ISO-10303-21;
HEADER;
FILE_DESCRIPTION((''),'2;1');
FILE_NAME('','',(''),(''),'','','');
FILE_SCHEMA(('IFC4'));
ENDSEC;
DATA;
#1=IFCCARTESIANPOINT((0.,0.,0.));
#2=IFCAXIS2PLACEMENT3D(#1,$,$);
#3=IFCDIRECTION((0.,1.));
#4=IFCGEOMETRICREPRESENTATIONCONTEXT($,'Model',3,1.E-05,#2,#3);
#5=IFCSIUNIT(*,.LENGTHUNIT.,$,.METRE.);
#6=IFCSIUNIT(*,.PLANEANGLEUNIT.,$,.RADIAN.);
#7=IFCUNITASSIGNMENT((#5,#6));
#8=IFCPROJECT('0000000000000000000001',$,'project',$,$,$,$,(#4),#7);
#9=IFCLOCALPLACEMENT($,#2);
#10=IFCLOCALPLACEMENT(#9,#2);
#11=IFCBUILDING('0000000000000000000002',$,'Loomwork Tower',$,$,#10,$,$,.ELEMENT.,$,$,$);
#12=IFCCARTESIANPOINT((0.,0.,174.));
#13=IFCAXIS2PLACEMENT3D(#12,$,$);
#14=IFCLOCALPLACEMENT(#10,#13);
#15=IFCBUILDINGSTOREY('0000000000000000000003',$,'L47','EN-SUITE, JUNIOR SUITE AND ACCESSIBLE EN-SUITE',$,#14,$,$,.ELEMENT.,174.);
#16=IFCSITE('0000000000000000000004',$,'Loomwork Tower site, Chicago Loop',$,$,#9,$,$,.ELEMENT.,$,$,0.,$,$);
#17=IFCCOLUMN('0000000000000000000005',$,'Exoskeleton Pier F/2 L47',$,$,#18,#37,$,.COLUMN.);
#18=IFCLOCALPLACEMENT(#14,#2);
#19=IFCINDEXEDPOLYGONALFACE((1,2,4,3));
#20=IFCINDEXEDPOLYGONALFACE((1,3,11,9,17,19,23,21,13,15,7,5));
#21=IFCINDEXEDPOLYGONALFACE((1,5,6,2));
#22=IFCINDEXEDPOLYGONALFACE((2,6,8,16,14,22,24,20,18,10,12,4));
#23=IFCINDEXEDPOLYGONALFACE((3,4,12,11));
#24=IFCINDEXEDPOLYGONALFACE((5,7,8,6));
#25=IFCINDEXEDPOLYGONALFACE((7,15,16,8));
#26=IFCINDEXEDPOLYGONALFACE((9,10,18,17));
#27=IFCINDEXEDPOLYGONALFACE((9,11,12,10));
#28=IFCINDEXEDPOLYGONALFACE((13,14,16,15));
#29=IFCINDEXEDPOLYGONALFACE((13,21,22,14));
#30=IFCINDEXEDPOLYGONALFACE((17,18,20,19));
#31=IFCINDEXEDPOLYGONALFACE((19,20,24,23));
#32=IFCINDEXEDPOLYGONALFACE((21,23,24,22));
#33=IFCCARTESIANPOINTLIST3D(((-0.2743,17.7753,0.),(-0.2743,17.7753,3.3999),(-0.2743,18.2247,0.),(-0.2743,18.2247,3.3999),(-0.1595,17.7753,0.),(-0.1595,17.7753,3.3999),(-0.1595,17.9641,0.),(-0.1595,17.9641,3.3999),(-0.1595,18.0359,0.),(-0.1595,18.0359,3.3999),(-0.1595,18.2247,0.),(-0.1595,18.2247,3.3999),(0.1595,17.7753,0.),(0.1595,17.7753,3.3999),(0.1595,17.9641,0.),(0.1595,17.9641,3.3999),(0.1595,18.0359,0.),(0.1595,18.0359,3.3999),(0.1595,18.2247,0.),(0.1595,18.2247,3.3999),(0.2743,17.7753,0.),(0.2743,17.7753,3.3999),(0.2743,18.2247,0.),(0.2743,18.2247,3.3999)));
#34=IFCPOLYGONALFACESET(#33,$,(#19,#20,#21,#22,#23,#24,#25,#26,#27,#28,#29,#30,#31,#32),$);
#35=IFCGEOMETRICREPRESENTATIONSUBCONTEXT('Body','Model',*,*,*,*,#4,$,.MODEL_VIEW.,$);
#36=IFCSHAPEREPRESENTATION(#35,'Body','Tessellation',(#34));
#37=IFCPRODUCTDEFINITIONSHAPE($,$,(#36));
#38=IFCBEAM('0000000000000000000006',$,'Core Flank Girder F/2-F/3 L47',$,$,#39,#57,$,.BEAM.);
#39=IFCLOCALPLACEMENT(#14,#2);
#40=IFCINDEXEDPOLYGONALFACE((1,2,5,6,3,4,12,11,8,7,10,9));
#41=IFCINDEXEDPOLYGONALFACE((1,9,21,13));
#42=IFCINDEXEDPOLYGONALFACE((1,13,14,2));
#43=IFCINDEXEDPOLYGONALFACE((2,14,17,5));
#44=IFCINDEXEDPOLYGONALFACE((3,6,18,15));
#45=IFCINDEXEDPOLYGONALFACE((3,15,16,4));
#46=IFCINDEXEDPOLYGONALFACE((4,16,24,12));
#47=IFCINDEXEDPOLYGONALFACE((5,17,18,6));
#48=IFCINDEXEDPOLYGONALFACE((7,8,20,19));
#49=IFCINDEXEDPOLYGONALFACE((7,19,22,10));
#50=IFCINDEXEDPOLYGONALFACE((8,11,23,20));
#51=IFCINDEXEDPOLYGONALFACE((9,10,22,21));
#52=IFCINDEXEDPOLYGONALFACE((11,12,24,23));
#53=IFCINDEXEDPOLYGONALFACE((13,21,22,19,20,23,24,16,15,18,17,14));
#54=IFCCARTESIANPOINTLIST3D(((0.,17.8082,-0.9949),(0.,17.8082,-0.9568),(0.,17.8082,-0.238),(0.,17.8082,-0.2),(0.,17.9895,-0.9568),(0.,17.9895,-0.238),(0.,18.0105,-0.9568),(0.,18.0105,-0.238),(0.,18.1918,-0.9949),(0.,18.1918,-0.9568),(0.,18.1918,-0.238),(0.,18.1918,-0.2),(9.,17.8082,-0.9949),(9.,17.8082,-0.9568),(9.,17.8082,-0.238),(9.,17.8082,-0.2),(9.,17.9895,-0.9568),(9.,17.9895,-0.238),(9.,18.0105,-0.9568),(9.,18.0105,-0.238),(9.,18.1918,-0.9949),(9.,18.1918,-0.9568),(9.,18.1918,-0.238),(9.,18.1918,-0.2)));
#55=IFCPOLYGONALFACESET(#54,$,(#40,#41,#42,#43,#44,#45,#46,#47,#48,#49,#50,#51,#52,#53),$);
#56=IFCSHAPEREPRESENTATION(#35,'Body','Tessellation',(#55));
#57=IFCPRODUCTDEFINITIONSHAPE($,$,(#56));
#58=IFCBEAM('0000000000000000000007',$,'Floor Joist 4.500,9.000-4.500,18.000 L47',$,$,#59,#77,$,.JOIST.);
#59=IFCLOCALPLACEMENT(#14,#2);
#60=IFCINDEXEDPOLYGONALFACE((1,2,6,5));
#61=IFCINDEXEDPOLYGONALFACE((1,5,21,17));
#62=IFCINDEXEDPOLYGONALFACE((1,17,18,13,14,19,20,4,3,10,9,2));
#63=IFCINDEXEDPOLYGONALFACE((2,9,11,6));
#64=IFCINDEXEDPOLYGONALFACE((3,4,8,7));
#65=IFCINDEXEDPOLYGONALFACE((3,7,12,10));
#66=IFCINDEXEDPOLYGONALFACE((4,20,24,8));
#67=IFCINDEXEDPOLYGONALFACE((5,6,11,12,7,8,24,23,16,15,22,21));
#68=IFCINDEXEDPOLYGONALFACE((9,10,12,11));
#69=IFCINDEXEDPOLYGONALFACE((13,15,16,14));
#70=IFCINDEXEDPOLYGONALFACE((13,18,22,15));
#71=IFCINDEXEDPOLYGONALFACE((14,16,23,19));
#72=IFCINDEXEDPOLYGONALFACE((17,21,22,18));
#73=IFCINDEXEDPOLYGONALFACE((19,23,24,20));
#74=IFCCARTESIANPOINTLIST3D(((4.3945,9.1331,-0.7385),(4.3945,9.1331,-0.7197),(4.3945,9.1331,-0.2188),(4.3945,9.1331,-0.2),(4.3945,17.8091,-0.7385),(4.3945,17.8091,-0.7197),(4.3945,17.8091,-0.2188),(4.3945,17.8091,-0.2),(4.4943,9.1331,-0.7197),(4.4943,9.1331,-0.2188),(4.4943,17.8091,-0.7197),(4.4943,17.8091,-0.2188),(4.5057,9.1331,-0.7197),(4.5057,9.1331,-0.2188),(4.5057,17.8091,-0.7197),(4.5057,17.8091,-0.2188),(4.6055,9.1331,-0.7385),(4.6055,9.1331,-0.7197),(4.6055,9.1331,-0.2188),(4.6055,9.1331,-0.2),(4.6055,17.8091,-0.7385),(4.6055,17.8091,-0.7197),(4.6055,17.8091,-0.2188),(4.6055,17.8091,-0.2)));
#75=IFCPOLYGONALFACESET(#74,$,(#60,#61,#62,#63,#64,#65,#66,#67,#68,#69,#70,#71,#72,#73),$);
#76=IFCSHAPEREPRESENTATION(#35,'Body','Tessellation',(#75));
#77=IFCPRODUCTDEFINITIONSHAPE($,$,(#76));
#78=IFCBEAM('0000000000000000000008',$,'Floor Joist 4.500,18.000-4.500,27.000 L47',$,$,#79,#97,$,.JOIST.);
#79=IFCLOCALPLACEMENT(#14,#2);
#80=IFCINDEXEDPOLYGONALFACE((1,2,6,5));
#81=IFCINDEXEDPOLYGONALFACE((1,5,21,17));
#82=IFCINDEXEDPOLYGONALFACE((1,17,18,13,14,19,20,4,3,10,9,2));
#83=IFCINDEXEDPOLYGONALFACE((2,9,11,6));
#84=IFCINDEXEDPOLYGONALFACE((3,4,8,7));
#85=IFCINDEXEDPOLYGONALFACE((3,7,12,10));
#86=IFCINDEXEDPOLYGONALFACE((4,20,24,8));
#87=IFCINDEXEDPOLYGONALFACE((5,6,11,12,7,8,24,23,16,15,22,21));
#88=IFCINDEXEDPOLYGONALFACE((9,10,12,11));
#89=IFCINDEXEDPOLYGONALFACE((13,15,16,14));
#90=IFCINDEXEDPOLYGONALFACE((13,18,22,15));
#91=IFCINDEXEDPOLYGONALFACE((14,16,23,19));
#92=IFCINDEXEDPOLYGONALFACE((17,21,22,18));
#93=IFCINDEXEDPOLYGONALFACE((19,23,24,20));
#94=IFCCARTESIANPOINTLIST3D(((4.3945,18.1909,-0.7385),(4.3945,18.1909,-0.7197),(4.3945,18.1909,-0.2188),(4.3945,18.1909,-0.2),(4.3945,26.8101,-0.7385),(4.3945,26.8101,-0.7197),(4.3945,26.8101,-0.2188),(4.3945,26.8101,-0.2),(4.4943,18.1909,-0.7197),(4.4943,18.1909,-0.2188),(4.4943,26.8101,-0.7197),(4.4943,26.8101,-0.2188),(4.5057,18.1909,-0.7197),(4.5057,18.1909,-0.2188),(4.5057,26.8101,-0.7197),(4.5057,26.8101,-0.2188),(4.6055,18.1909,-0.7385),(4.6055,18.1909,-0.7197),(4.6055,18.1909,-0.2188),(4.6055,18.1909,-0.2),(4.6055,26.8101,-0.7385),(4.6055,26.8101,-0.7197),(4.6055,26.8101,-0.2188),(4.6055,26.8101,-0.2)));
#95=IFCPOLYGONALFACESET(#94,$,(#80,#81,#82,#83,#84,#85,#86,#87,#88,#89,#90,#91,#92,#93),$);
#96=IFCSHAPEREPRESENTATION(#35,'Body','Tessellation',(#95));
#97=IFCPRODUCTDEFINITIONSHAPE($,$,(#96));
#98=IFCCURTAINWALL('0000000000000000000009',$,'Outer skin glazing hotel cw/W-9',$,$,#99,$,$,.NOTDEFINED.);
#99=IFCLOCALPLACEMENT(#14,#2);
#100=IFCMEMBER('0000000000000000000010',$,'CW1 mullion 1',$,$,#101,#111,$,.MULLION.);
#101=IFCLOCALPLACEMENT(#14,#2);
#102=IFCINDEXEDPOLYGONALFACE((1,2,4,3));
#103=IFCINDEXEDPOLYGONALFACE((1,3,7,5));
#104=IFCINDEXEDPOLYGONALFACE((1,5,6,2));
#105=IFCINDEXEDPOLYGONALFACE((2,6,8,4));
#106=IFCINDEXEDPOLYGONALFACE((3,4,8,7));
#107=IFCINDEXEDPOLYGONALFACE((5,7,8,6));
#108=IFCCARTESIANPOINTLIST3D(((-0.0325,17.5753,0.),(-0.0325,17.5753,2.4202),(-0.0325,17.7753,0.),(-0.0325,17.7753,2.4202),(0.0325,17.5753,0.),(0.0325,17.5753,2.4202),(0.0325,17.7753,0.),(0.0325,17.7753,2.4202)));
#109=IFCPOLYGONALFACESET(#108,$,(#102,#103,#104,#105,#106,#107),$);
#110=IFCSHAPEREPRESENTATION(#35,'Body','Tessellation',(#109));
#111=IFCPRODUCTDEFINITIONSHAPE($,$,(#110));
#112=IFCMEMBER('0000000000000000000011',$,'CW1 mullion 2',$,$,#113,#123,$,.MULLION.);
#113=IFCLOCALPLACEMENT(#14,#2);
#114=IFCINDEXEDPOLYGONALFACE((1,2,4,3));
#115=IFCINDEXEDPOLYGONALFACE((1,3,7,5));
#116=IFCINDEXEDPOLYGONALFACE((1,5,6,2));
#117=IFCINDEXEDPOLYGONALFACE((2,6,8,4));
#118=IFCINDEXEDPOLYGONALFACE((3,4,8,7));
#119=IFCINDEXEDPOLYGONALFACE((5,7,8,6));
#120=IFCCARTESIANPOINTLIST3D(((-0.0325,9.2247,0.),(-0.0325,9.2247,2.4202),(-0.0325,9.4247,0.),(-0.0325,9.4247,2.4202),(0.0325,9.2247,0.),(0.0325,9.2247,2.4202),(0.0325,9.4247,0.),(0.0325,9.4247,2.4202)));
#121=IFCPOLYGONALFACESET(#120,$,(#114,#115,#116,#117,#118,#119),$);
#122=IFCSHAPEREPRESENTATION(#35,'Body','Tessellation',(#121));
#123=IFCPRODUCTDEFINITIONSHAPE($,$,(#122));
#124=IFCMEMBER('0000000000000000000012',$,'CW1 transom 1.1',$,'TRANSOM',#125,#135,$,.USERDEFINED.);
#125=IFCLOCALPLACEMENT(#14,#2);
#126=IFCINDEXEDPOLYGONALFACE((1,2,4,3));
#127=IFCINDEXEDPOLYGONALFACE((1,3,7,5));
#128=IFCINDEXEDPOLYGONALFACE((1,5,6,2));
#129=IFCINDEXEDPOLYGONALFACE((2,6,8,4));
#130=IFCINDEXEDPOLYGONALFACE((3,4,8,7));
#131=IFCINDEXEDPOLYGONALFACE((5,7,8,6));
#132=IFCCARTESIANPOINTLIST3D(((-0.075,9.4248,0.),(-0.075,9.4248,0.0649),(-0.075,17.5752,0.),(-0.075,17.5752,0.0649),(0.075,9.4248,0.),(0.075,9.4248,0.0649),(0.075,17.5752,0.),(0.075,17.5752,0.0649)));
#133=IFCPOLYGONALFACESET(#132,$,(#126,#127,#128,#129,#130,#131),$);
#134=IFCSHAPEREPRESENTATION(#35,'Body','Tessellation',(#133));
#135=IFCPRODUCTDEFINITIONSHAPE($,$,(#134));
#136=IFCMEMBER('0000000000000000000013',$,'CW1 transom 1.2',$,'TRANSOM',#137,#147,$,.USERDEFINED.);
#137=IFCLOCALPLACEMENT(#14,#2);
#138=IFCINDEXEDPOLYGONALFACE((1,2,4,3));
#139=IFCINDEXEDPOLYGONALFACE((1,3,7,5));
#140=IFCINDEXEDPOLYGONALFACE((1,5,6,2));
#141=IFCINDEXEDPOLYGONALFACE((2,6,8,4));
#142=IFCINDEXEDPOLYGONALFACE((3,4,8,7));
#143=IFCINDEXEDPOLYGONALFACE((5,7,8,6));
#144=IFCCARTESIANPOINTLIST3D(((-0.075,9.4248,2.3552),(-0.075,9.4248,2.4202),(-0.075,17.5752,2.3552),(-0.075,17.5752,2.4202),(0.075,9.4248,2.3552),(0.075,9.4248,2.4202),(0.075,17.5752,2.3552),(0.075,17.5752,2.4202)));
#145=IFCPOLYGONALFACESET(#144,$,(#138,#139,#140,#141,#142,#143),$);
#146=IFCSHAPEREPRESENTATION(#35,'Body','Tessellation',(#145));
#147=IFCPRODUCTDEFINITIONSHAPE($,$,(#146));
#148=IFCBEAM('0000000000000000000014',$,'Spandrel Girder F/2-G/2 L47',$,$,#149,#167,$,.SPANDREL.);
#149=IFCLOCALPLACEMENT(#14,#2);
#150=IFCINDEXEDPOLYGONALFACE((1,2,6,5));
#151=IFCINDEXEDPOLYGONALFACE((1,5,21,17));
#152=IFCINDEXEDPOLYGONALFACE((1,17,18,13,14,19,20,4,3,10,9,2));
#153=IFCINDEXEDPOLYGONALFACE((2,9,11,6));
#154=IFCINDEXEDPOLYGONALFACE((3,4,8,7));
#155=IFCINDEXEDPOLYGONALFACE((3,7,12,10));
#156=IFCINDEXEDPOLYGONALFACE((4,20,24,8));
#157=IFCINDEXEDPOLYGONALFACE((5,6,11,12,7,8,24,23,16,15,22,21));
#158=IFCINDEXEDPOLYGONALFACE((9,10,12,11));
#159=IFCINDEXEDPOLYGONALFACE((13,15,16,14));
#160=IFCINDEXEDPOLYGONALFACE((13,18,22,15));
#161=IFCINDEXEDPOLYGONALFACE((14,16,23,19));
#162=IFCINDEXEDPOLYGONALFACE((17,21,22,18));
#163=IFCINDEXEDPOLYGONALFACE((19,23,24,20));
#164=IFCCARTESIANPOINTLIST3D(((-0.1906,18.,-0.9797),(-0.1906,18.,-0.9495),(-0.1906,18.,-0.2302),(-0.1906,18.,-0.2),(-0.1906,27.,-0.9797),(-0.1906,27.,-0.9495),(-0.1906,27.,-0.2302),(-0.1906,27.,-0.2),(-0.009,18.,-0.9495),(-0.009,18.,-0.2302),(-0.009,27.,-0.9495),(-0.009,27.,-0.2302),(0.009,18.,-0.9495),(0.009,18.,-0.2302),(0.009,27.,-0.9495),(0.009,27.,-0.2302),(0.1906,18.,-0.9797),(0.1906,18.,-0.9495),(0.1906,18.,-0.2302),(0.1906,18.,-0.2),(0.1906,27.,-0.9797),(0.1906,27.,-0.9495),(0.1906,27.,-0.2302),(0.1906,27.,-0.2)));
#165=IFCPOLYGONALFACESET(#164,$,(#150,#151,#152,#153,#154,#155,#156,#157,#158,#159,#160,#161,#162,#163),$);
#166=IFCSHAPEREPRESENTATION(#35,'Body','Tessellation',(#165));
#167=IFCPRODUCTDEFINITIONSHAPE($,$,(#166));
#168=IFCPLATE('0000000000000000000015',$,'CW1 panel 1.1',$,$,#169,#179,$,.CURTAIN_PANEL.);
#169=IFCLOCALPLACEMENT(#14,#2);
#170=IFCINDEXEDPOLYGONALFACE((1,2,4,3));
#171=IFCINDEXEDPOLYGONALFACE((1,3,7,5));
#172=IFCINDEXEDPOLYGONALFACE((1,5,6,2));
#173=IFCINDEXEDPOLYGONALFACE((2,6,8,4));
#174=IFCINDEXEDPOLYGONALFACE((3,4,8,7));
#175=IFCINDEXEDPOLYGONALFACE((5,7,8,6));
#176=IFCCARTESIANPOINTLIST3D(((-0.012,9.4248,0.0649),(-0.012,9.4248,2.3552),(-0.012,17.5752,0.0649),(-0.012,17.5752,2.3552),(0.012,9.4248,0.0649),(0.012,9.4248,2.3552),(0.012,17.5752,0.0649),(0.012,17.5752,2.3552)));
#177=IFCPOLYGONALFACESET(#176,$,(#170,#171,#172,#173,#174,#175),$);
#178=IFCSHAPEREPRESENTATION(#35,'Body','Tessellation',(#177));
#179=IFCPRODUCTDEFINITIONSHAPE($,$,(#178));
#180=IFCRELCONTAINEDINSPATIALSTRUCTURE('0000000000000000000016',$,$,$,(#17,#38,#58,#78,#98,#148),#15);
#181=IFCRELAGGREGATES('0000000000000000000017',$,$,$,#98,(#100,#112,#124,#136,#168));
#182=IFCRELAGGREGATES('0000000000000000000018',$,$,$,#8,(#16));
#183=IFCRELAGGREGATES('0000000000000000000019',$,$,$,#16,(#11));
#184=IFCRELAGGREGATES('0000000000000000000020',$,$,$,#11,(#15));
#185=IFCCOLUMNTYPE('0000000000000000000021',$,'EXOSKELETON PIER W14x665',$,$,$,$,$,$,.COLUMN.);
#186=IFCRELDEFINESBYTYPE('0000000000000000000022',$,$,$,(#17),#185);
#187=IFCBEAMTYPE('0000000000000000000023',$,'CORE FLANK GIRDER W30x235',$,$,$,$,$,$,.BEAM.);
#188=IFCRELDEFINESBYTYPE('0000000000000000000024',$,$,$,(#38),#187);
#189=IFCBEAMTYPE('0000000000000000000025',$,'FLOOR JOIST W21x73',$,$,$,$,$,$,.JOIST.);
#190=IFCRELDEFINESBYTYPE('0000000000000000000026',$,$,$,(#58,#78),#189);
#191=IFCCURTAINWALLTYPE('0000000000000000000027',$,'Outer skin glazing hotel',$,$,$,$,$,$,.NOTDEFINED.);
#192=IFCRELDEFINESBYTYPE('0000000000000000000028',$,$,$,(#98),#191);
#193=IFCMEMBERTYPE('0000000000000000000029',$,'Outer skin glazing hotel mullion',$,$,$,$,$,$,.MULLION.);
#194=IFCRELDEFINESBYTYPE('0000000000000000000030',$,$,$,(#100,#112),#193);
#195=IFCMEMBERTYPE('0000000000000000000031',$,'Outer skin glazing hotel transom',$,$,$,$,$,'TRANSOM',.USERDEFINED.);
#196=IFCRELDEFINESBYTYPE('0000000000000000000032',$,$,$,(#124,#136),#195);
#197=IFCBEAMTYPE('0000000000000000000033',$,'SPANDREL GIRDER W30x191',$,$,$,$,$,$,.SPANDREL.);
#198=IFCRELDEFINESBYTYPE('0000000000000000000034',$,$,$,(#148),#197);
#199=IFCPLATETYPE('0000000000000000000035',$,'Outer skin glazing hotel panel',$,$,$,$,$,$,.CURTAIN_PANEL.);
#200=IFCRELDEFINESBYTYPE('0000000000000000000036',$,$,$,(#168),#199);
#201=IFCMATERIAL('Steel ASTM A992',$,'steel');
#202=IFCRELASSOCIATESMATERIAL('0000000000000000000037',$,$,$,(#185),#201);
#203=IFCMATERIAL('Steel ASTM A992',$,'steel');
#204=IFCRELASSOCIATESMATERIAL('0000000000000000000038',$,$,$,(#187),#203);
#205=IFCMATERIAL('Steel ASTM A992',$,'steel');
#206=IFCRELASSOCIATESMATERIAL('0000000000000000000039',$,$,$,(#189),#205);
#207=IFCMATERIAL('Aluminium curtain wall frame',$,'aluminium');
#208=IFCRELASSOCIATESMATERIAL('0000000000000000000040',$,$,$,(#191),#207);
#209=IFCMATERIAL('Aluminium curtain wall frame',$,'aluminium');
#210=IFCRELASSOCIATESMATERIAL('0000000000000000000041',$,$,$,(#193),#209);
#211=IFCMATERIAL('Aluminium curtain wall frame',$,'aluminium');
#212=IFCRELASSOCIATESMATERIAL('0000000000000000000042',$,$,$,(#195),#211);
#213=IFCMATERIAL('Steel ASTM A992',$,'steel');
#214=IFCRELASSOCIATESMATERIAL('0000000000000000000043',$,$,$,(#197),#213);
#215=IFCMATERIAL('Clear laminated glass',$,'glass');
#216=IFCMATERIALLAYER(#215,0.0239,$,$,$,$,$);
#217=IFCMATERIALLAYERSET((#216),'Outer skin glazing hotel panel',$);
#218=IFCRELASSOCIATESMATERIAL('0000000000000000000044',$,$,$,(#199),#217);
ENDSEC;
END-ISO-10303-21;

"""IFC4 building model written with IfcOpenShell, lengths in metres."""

from ifc_helpers import new_model, si_unit, direction, frame, origin, origin_2d, place, context, subcontext, project, spatial, rectangle, i_section, extrude, material, layer, layer_set, material_profile, profile_set, type_object, element, aggregate, save


model = new_model("IFC4")

# Units and contexts
model_context = context("Model", 3, precision=1e-05, world=origin(), true_north=direction((0.0, 1.0)))
body_context = subcontext(model_context, "Body", "Model", "MODEL_VIEW")
ifc_project = project(units=[si_unit("LENGTHUNIT", "METRE"), si_unit("PLANEANGLEUNIT", "RADIAN")], contexts=[model_context])

# Site, building, storey
site_placement = place(None, origin())
site = spatial("IfcSite", under=ifc_project, at=site_placement, Name="Loomwork Tower site, Chicago Loop", CompositionType="ELEMENT", RefElevation=0.0)
building_placement = place(site_placement, origin())
building = spatial("IfcBuilding", under=site, at=building_placement, Name="Loomwork Tower", CompositionType="ELEMENT")
storey_placement = place(building_placement, frame((0.0, 0.0, 174.0)))
storey = spatial("IfcBuildingStorey", under=building, at=storey_placement, Name="L47", Description="EN-SUITE, JUNIOR SUITE AND ACCESSIBLE EN-SUITE", CompositionType="ELEMENT", Elevation=174.0)

# Column
ifc_material_1 = material(Name="Steel ASTM A992", Category="steel")
ifc_material_profile_1 = material_profile(ifc_material_1, i_section(OverallWidth=0.4495, OverallDepth=0.5486, WebThickness=0.0718, FlangeThickness=0.1147, at=origin_2d()), Name="W14x665")
ifc_profile_set_1 = profile_set([ifc_material_profile_1], Name="Steel ASTM A992")
column_type = type_object("IfcColumnType", Name="EXOSKELETON PIER W14x665", PredefinedType="COLUMN", material=ifc_profile_set_1)
column_placement = place(storey_placement, frame((0.0, 18.0, 0.0), z_axis=(0.0, 0.0, 1.0), x_axis=(0.0, 1.0, 0.0)))
element("IfcColumn", 1, at=column_placement, inside=storey, type_object=column_type, Name="Exoskeleton Pier F/2 L47", PredefinedType="COLUMN", context=body_context, shape_type="SweptSolid", body=[
    extrude(i_section(OverallWidth=0.4495, OverallDepth=0.5486, WebThickness=0.0718, FlangeThickness=0.1147, at=origin_2d()), origin(), (0.0, 0.0, 1.0), 3.3999),
])

# Beams
ifc_material_2 = material(Name="Steel ASTM A992", Category="steel")
ifc_material_profile_2 = material_profile(ifc_material_2, i_section(OverallWidth=0.3835, OverallDepth=0.7949, WebThickness=0.021, FlangeThickness=0.0381, at=origin_2d()), Name="W30x235")
ifc_profile_set_2 = profile_set([ifc_material_profile_2], Name="Steel ASTM A992")
beam_type_1 = type_object("IfcBeamType", Name="CORE FLANK GIRDER W30x235", PredefinedType="BEAM", material=ifc_profile_set_2)
beam_1_placement = place(storey_placement, frame((0.0, 18.0, -0.5974), z_axis=(1.0, 0.0, 0.0), x_axis=(0.0, 1.0, 0.0)))
element("IfcBeam", 2, at=beam_1_placement, inside=storey, type_object=beam_type_1, Name="Core Flank Girder F/2-F/3 L47", PredefinedType="BEAM", context=body_context, shape_type="SweptSolid", body=[
    extrude(i_section(OverallWidth=0.3835, OverallDepth=0.7949, WebThickness=0.021, FlangeThickness=0.0381, at=origin_2d()), origin(), (0.0, 0.0, 1.0), 9.0),
])
ifc_material_3 = material(Name="Steel ASTM A992", Category="steel")
ifc_material_profile_3 = material_profile(ifc_material_3, i_section(OverallWidth=0.2109, OverallDepth=0.5386, WebThickness=0.0115, FlangeThickness=0.0188, at=origin_2d()), Name="W21x73")
ifc_profile_set_3 = profile_set([ifc_material_profile_3], Name="Steel ASTM A992")
beam_type_2 = type_object("IfcBeamType", Name="FLOOR JOIST W21x73", PredefinedType="JOIST", material=ifc_profile_set_3)
beam_2_placement = place(storey_placement, frame((4.5, 9.1331, -0.4692), z_axis=(0.0, 1.0, 0.0), x_axis=(-1.0, 0.0, 0.0)))
element("IfcBeam", 3, at=beam_2_placement, inside=storey, type_object=beam_type_2, Name="Floor Joist 4.500,9.000-4.500,18.000 L47", PredefinedType="JOIST", context=body_context, shape_type="SweptSolid", body=[
    extrude(i_section(OverallWidth=0.2109, OverallDepth=0.5386, WebThickness=0.0115, FlangeThickness=0.0188, at=origin_2d()), origin(), (0.0, 0.0, 1.0), 8.676),
])
beam_3_placement = place(storey_placement, frame((4.5, 18.1909, -0.4692), z_axis=(0.0, 1.0, 0.0), x_axis=(-1.0, 0.0, 0.0)))
element("IfcBeam", 4, at=beam_3_placement, inside=storey, type_object=beam_type_2, Name="Floor Joist 4.500,18.000-4.500,27.000 L47", PredefinedType="JOIST", context=body_context, shape_type="SweptSolid", body=[
    extrude(i_section(OverallWidth=0.2109, OverallDepth=0.5386, WebThickness=0.0115, FlangeThickness=0.0188, at=origin_2d()), origin(), (0.0, 0.0, 1.0), 8.6191),
])

# Curtain wall, members
ifc_material_4 = material(Name="Aluminium curtain wall frame", Category="aluminium")
curtain_wall_type = type_object("IfcCurtainWallType", Name="Outer skin glazing hotel", PredefinedType="NOTDEFINED", material=ifc_material_4)
curtain_wall_placement = place(storey_placement, origin())
curtain_wall = element("IfcCurtainWall", 5, at=curtain_wall_placement, inside=storey, type_object=curtain_wall_type, Name="Outer skin glazing hotel cw/W-9", PredefinedType="NOTDEFINED")
ifc_material_5 = material(Name="Aluminium curtain wall frame", Category="aluminium")
ifc_material_profile_4 = material_profile(ifc_material_5, rectangle(XDim=0.0649, YDim=0.2, at=origin_2d()), Name="AL 65x200")
ifc_profile_set_4 = profile_set([ifc_material_profile_4], Name="Aluminium curtain wall frame")
member_type_1 = type_object("IfcMemberType", Name="Outer skin glazing hotel mullion", PredefinedType="MULLION", material=ifc_profile_set_4)
member_1_placement = place(storey_placement, frame((0.0, 17.6753, 0.0), z_axis=(0.0, 0.0, 1.0), x_axis=(1.0, 0.0, 0.0)))
member_1 = element("IfcMember", 6, at=member_1_placement, type_object=member_type_1, Name="CW1 mullion 1", PredefinedType="MULLION", context=body_context, shape_type="SweptSolid", body=[
    extrude(rectangle(XDim=0.0649, YDim=0.2, at=origin_2d()), origin(), (0.0, 0.0, 1.0), 2.4202),
])
member_2_placement = place(storey_placement, frame((0.0, 9.3247, 0.0), z_axis=(0.0, 0.0, 1.0), x_axis=(1.0, 0.0, 0.0)))
member_2 = element("IfcMember", 7, at=member_2_placement, type_object=member_type_1, Name="CW1 mullion 2", PredefinedType="MULLION", context=body_context, shape_type="SweptSolid", body=[
    extrude(rectangle(XDim=0.0649, YDim=0.2, at=origin_2d()), origin(), (0.0, 0.0, 1.0), 2.4202),
])
ifc_material_6 = material(Name="Aluminium curtain wall frame", Category="aluminium")
ifc_material_profile_5 = material_profile(ifc_material_6, rectangle(XDim=0.1499, YDim=0.0649, at=origin_2d()), Name="AL 65x150")
ifc_profile_set_5 = profile_set([ifc_material_profile_5], Name="Aluminium curtain wall frame")
member_type_2 = type_object("IfcMemberType", Name="Outer skin glazing hotel transom", ElementType="TRANSOM", PredefinedType="USERDEFINED", material=ifc_profile_set_5)
member_3_placement = place(storey_placement, frame((0.0, 17.5752, 0.0325), z_axis=(0.0, -1.0, 0.0), x_axis=(1.0, 0.0, 0.0)))
member_3 = element("IfcMember", 8, at=member_3_placement, type_object=member_type_2, Name="CW1 transom 1.1", ObjectType="TRANSOM", PredefinedType="USERDEFINED", context=body_context, shape_type="SweptSolid", body=[
    extrude(rectangle(XDim=0.1499, YDim=0.0649, at=origin_2d()), origin(), (0.0, 0.0, 1.0), 8.1504),
])
member_4_placement = place(storey_placement, frame((0.0, 17.5752, 2.3877), z_axis=(0.0, -1.0, 0.0), x_axis=(1.0, 0.0, 0.0)))
member_4 = element("IfcMember", 9, at=member_4_placement, type_object=member_type_2, Name="CW1 transom 1.2", ObjectType="TRANSOM", PredefinedType="USERDEFINED", context=body_context, shape_type="SweptSolid", body=[
    extrude(rectangle(XDim=0.1499, YDim=0.0649, at=origin_2d()), origin(), (0.0, 0.0, 1.0), 8.1504),
])

# Beam
ifc_material_7 = material(Name="Steel ASTM A992", Category="steel")
ifc_material_profile_6 = material_profile(ifc_material_7, i_section(OverallWidth=0.3811, OverallDepth=0.7798, WebThickness=0.0181, FlangeThickness=0.0303, at=origin_2d()), Name="W30x191")
ifc_profile_set_6 = profile_set([ifc_material_profile_6], Name="Steel ASTM A992")
beam_type_3 = type_object("IfcBeamType", Name="SPANDREL GIRDER W30x191", PredefinedType="SPANDREL", material=ifc_profile_set_6)
beam_4_placement = place(storey_placement, frame((0.0, 18.0, -0.5898), z_axis=(0.0, 1.0, 0.0), x_axis=(-1.0, 0.0, 0.0)))
element("IfcBeam", 10, at=beam_4_placement, inside=storey, type_object=beam_type_3, Name="Spandrel Girder F/2-G/2 L47", PredefinedType="SPANDREL", context=body_context, shape_type="SweptSolid", body=[
    extrude(i_section(OverallWidth=0.3811, OverallDepth=0.7798, WebThickness=0.0181, FlangeThickness=0.0303, at=origin_2d()), origin(), (0.0, 0.0, 1.0), 9.0),
])

# Plate
ifc_material_8 = material(Name="Clear laminated glass", Category="glass")
ifc_layer_1 = layer(ifc_material_8, 0.0239)
ifc_layer_set_1 = layer_set([ifc_layer_1], Name="Outer skin glazing hotel panel")
plate_type = type_object("IfcPlateType", Name="Outer skin glazing hotel panel", PredefinedType="CURTAIN_PANEL", material=ifc_layer_set_1)
plate_placement = place(storey_placement, frame((0.0, 13.5, 0.0649), z_axis=(0.0, 0.0, 1.0), x_axis=(0.0, -1.0, 0.0)))
plate = element("IfcPlate", 11, at=plate_placement, type_object=plate_type, Name="CW1 panel 1.1", PredefinedType="CURTAIN_PANEL", context=body_context, shape_type="SweptSolid", body=[
    extrude(rectangle(XDim=8.1504, YDim=0.0239, at=origin_2d()), origin(), (0.0, 0.0, 1.0), 2.2903),
])
aggregate(curtain_wall, [member_1, member_2, member_3, member_4, plate])

save(model, "model.ifc")
